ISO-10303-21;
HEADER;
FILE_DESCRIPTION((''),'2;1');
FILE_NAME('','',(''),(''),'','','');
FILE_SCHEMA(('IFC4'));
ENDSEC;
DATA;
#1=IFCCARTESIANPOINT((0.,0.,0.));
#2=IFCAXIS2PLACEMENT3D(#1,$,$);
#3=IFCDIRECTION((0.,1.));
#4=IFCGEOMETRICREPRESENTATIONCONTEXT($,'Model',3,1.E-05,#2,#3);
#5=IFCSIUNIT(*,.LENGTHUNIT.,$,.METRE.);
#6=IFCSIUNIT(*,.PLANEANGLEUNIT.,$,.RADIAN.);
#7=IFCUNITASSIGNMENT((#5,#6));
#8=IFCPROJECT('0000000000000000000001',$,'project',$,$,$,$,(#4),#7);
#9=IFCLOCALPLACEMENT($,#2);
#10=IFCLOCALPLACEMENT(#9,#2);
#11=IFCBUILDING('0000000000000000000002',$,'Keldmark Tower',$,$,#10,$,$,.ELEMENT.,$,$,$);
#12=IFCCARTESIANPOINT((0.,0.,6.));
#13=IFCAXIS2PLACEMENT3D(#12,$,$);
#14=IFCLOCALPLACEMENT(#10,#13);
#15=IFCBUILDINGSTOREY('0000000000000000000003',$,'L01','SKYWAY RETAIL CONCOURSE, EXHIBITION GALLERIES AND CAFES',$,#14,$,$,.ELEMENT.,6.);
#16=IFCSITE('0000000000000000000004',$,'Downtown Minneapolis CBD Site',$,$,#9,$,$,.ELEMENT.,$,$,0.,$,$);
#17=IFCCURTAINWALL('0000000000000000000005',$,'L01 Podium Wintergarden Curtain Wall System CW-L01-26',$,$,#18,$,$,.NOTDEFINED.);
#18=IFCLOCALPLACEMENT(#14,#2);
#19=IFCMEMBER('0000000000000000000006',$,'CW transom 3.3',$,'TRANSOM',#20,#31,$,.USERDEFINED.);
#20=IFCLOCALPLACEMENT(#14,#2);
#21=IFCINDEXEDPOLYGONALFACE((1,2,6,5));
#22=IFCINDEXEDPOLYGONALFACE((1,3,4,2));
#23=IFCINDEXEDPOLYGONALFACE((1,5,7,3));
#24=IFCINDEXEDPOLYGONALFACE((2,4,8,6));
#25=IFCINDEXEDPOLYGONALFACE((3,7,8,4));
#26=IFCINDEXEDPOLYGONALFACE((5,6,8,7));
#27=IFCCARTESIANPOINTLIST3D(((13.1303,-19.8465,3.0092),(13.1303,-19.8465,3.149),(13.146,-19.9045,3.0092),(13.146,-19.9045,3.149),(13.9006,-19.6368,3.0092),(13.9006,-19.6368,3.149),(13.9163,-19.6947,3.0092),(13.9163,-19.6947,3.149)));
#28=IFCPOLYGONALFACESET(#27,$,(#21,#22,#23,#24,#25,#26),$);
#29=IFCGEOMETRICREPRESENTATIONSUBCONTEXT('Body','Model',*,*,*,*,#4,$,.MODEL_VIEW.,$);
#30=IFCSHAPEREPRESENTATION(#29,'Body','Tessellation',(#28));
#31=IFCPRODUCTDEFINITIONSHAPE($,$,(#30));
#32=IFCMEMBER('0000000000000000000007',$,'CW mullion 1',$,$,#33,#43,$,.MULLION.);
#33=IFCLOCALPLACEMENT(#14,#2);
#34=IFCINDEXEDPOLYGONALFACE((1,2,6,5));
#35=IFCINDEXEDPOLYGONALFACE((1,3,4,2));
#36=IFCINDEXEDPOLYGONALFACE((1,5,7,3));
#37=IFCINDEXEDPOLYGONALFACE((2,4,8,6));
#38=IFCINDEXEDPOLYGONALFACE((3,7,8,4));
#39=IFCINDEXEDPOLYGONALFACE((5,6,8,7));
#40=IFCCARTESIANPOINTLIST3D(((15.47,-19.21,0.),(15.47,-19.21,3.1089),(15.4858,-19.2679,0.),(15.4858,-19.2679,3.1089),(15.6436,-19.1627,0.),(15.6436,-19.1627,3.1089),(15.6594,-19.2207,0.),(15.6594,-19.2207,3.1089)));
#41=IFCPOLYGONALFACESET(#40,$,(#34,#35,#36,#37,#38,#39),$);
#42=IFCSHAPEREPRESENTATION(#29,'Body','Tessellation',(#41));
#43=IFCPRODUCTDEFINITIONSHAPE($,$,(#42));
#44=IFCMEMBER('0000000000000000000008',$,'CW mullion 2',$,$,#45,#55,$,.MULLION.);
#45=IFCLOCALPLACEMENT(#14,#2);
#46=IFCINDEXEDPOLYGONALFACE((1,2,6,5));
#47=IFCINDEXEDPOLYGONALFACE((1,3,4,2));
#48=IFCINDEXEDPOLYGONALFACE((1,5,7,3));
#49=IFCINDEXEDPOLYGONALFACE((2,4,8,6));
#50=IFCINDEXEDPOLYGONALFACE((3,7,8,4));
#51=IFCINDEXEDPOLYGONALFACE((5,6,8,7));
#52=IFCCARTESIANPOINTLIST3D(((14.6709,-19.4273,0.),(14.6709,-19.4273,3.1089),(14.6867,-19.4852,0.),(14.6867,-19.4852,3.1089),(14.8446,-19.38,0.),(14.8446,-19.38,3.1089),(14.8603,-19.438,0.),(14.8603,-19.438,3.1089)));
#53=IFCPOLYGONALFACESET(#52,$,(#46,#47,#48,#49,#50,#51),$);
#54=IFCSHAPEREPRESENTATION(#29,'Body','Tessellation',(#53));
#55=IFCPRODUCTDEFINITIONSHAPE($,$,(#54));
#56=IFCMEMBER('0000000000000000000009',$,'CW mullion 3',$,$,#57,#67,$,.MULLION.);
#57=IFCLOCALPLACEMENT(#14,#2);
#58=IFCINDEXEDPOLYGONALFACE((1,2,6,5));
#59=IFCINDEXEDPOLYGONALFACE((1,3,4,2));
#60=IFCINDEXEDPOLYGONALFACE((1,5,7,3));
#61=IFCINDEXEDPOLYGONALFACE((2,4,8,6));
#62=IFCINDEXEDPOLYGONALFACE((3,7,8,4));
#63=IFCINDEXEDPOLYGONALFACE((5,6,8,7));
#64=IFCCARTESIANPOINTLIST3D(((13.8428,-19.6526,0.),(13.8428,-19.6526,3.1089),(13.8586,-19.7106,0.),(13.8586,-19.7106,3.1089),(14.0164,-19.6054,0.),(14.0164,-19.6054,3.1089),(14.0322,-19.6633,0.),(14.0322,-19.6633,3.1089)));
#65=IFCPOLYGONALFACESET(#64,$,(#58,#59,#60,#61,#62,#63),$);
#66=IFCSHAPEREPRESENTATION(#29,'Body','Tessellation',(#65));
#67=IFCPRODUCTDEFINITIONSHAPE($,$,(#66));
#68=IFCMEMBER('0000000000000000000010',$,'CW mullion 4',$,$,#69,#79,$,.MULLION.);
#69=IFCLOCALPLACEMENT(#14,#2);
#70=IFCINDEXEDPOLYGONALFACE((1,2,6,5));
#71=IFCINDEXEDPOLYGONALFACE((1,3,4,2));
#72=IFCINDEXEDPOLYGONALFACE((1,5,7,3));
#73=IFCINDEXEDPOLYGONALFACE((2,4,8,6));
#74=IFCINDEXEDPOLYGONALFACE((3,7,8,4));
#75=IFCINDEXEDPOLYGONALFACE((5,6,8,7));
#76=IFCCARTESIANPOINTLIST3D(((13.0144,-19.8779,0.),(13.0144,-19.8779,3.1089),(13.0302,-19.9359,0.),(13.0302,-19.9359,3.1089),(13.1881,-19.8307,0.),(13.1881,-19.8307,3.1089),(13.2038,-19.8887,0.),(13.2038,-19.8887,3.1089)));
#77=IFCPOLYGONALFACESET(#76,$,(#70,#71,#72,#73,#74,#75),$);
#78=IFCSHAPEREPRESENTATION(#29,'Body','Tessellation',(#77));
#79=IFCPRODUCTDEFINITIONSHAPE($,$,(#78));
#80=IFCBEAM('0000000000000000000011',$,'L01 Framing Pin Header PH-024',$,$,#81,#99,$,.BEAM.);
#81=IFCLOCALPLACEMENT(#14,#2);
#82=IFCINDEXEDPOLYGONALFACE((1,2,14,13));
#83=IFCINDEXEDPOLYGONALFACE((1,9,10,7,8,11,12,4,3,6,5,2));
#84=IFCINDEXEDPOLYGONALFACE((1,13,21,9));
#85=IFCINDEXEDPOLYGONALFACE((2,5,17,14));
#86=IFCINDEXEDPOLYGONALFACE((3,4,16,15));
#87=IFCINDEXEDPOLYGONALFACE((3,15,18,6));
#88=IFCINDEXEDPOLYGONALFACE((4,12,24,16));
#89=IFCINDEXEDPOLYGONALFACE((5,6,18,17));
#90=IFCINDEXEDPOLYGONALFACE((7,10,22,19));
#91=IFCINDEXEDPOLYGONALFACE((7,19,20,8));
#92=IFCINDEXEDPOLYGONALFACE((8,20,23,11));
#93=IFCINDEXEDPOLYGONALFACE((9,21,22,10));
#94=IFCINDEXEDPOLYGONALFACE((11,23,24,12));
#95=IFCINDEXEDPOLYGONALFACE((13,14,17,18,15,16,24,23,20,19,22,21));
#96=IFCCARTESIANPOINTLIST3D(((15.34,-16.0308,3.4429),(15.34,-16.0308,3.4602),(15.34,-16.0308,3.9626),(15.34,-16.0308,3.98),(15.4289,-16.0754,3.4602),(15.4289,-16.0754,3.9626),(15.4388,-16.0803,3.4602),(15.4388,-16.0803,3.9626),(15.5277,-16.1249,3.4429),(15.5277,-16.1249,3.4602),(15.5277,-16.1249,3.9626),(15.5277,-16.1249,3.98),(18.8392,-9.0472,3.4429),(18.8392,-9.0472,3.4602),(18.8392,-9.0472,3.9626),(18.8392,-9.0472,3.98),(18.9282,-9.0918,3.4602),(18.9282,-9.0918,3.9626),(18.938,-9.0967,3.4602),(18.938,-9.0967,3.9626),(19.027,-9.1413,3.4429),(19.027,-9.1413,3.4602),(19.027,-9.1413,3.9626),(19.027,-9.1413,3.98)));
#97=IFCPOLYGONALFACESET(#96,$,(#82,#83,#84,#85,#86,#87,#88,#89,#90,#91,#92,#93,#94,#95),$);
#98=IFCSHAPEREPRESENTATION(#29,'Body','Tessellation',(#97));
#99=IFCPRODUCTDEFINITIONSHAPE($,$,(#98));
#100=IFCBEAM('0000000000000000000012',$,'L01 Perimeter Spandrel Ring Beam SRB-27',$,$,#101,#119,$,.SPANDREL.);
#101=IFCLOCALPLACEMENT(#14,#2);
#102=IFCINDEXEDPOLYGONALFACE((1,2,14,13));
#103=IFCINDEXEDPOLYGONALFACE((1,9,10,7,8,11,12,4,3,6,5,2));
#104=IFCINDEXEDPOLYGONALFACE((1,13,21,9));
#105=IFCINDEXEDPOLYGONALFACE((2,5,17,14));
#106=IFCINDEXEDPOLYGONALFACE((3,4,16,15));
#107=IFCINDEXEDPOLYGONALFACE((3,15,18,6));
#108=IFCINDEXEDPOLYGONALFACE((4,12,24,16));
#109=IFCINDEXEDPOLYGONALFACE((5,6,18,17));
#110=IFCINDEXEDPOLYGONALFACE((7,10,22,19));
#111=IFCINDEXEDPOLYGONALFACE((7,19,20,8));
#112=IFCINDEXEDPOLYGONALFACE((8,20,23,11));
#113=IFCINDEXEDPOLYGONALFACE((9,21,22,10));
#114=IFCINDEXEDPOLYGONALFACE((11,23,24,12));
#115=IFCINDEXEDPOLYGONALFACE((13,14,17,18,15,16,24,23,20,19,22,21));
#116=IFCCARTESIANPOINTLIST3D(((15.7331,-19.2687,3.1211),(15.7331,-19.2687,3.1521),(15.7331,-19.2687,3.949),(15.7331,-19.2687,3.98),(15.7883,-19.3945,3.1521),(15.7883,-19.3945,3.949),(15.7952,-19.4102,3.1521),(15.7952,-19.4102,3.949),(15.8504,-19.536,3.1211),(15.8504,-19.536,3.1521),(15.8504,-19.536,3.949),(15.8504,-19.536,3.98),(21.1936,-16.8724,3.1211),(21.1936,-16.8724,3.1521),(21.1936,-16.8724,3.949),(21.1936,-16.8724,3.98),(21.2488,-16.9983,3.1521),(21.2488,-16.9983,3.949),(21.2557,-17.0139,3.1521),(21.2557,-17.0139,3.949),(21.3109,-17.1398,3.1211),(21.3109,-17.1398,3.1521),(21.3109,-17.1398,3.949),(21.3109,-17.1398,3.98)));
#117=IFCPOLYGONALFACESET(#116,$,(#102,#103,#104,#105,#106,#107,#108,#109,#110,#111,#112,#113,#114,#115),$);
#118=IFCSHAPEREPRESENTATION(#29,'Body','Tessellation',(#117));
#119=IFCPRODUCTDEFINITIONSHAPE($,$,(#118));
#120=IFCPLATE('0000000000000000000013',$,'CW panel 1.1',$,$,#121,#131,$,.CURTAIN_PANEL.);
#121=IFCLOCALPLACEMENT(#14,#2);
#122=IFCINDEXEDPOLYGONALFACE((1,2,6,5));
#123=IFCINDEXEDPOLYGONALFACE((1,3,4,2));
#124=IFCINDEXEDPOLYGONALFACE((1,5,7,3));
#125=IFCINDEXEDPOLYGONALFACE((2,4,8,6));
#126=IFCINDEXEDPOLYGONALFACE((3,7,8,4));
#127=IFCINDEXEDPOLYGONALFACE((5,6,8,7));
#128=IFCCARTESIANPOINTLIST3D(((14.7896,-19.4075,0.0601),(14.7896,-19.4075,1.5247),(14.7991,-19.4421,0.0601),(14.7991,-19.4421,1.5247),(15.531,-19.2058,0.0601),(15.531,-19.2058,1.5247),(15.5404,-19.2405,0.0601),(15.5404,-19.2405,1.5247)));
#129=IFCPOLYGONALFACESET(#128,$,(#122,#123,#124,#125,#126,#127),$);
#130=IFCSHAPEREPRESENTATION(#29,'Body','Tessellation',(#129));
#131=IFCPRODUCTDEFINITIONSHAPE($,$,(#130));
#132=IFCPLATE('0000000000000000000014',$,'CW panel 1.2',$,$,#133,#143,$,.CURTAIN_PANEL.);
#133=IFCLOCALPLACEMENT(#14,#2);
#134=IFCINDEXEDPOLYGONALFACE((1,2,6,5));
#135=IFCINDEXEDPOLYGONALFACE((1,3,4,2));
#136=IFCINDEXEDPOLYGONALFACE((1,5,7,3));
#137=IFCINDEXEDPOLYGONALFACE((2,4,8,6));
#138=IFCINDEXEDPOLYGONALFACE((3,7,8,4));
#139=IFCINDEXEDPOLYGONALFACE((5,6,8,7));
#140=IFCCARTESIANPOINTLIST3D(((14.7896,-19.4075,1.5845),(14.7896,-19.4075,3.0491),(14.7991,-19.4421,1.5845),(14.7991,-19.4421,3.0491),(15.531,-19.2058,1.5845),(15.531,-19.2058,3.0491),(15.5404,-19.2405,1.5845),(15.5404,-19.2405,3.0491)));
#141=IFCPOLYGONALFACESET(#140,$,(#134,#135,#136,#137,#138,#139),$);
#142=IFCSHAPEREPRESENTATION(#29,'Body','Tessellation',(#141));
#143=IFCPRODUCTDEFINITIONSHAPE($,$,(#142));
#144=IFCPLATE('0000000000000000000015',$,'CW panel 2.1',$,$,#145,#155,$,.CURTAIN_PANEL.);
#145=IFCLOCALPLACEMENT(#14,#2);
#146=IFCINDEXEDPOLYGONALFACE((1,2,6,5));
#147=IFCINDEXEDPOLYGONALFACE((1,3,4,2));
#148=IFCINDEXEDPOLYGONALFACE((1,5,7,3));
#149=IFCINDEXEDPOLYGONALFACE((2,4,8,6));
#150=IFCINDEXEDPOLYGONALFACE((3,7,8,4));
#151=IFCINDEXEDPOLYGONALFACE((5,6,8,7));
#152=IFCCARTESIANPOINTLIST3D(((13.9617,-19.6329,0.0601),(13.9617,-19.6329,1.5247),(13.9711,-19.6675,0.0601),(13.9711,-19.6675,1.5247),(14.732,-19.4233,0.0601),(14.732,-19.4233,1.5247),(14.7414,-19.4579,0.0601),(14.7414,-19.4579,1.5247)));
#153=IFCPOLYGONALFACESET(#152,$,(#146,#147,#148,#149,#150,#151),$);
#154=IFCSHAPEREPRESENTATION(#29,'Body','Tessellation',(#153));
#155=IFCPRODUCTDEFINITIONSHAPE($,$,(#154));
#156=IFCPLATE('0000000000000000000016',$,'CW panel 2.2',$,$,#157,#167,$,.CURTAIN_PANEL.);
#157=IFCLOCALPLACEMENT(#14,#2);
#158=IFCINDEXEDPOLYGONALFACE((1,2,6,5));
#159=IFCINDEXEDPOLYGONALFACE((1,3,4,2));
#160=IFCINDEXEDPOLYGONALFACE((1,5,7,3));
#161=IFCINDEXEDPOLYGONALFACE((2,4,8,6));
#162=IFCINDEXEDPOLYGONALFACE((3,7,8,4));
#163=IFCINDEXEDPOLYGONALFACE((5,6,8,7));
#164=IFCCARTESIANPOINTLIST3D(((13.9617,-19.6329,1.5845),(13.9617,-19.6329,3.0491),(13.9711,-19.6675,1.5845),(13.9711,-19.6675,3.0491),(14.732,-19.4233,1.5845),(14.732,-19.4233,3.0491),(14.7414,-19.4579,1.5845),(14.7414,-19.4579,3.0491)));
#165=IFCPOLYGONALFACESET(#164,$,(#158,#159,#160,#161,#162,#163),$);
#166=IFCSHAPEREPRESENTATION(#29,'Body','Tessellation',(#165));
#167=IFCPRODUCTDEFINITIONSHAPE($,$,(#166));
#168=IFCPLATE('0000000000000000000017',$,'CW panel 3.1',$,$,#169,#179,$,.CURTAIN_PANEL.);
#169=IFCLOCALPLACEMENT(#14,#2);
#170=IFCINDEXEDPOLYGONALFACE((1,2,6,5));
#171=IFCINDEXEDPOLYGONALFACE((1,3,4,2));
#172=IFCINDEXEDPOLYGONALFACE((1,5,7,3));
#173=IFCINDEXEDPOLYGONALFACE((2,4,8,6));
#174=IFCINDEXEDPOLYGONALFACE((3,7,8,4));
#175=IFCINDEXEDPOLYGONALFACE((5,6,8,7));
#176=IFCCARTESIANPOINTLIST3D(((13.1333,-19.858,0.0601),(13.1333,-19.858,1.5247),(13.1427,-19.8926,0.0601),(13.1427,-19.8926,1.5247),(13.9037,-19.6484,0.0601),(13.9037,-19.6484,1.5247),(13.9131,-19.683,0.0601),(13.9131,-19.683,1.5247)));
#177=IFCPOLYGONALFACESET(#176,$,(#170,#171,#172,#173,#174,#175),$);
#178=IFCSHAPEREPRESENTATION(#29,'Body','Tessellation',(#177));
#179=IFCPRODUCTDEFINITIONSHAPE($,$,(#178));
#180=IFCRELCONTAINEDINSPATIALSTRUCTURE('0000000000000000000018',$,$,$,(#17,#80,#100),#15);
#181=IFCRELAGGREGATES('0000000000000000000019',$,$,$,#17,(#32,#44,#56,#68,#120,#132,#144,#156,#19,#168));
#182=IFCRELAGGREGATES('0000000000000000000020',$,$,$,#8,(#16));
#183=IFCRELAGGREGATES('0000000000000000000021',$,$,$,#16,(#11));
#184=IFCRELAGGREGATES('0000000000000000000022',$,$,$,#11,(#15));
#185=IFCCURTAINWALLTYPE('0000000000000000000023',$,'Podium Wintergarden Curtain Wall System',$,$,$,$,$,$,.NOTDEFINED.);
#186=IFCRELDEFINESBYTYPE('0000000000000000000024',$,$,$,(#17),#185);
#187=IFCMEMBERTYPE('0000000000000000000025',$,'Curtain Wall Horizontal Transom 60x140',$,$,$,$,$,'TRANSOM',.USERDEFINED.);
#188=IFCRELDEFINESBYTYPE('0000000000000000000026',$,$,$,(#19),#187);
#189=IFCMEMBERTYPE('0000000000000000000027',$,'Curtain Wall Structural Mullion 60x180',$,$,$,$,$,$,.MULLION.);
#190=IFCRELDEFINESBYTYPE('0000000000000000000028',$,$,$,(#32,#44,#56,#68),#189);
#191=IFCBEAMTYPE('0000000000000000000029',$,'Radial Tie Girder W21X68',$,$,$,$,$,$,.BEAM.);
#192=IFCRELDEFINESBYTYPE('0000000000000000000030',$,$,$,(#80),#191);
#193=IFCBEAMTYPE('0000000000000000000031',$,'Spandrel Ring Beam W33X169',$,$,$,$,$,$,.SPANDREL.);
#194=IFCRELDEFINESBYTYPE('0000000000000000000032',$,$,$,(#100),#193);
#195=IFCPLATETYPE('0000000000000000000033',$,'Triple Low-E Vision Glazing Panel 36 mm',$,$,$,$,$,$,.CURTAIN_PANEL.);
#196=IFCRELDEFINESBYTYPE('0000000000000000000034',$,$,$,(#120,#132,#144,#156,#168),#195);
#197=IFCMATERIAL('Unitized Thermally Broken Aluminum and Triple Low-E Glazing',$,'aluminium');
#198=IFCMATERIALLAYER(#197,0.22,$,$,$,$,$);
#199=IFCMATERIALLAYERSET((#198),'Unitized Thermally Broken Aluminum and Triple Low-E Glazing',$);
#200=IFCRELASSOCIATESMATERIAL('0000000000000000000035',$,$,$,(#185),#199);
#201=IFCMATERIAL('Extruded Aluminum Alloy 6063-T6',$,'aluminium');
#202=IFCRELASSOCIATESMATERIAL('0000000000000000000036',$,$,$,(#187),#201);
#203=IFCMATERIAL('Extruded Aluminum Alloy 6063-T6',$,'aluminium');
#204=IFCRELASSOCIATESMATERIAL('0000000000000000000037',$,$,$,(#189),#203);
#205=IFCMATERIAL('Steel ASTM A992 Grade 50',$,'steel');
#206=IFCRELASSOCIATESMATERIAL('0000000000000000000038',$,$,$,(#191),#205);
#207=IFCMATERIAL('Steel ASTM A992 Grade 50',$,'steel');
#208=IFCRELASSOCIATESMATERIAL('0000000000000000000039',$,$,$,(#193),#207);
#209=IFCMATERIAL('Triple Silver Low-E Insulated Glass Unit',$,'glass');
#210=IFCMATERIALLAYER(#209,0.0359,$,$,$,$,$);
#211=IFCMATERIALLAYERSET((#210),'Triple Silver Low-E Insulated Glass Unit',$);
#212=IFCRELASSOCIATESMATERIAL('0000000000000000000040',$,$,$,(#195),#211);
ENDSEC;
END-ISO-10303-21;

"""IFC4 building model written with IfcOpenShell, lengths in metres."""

from ifc_helpers import new_model, si_unit, direction, frame, origin, origin_2d, place, context, subcontext, project, spatial, rectangle, i_section, extrude, material, layer, layer_set, material_profile, profile_set, type_object, element, aggregate, save


model = new_model("IFC4")

# Units and contexts
model_context = context("Model", 3, precision=1e-05, world=origin(), true_north=direction((0.0, 1.0)))
body_context = subcontext(model_context, "Body", "Model", "MODEL_VIEW")
ifc_project = project(units=[si_unit("LENGTHUNIT", "METRE"), si_unit("PLANEANGLEUNIT", "RADIAN")], contexts=[model_context])

# Site, building, storey
site_placement = place(None, origin())
site = spatial("IfcSite", under=ifc_project, at=site_placement, Name="Downtown Minneapolis CBD Site", CompositionType="ELEMENT", RefElevation=0.0)
building_placement = place(site_placement, origin())
building = spatial("IfcBuilding", under=site, at=building_placement, Name="Keldmark Tower", CompositionType="ELEMENT")
storey_placement = place(building_placement, frame((0.0, 0.0, 6.0)))
storey = spatial("IfcBuildingStorey", under=building, at=storey_placement, Name="L01", Description="SKYWAY RETAIL CONCOURSE, EXHIBITION GALLERIES AND CAFES", CompositionType="ELEMENT", Elevation=6.0)

# Curtain wall, members
ifc_material_1 = material(Name="Unitized Thermally Broken Aluminum and Triple Low-E Glazing", Category="aluminium")
ifc_layer_1 = layer(ifc_material_1, 0.22)
ifc_layer_set_1 = layer_set([ifc_layer_1], Name="Unitized Thermally Broken Aluminum and Triple Low-E Glazing")
curtain_wall_type = type_object("IfcCurtainWallType", Name="Podium Wintergarden Curtain Wall System", PredefinedType="NOTDEFINED", material=ifc_layer_set_1)
curtain_wall_placement = place(storey_placement, origin())
curtain_wall = element("IfcCurtainWall", 1, at=curtain_wall_placement, inside=storey, type_object=curtain_wall_type, Name="L01 Podium Wintergarden Curtain Wall System CW-L01-26", PredefinedType="NOTDEFINED")
ifc_material_2 = material(Name="Extruded Aluminum Alloy 6063-T6", Category="aluminium")
ifc_material_profile_1 = material_profile(ifc_material_2, rectangle(XDim=0.0601, YDim=0.1399, at=origin_2d()), Name="CWT60X140")
ifc_profile_set_1 = profile_set([ifc_material_profile_1], Name="Extruded Aluminum Alloy 6063-T6")
member_type_1 = type_object("IfcMemberType", Name="Curtain Wall Horizontal Transom 60x140", ElementType="TRANSOM", PredefinedType="USERDEFINED", material=ifc_profile_set_1)
member_1_placement = place(storey_placement, frame((13.9084, -19.6658, 3.0791), z_axis=(-0.964877, -0.262703, 0.0), x_axis=(0.262703, -0.964877, 0.0)))
member_1 = element("IfcMember", 2, at=member_1_placement, type_object=member_type_1, Name="CW transom 3.3", ObjectType="TRANSOM", PredefinedType="USERDEFINED", context=body_context, shape_type="SweptSolid", body=[
    extrude(rectangle(XDim=0.0601, YDim=0.1399, at=origin_2d()), origin(), (0.0, 0.0, 1.0), 0.7983),
])
ifc_material_3 = material(Name="Extruded Aluminum Alloy 6063-T6", Category="aluminium")
ifc_material_profile_2 = material_profile(ifc_material_3, rectangle(XDim=0.0601, YDim=0.1799, at=origin_2d()), Name="CWM60X180")
ifc_profile_set_2 = profile_set([ifc_material_profile_2], Name="Extruded Aluminum Alloy 6063-T6")
member_type_2 = type_object("IfcMemberType", Name="Curtain Wall Structural Mullion 60x180", PredefinedType="MULLION", material=ifc_profile_set_2)
member_2_placement = place(storey_placement, frame((15.5647, -19.2153, 0.0), z_axis=(0.0, 0.0, 1.0), x_axis=(0.262493, -0.964934, 0.0)))
member_2 = element("IfcMember", 3, at=member_2_placement, type_object=member_type_2, Name="CW mullion 1", PredefinedType="MULLION", context=body_context, shape_type="SweptSolid", body=[
    extrude(rectangle(XDim=0.0601, YDim=0.1799, at=origin_2d()), origin(), (0.0, 0.0, 1.0), 3.1089),
])
member_3_placement = place(storey_placement, frame((14.7656, -19.4326, 0.0), z_axis=(0.0, 0.0, 1.0), x_axis=(0.262493, -0.964934, 0.0)))
member_3 = element("IfcMember", 4, at=member_3_placement, type_object=member_type_2, Name="CW mullion 2", PredefinedType="MULLION", context=body_context, shape_type="SweptSolid", body=[
    extrude(rectangle(XDim=0.0601, YDim=0.1799, at=origin_2d()), origin(), (0.0, 0.0, 1.0), 3.1089),
])
member_4_placement = place(storey_placement, frame((13.9375, -19.658, 0.0), z_axis=(0.0, 0.0, 1.0), x_axis=(0.262493, -0.964934, 0.0)))
member_4 = element("IfcMember", 5, at=member_4_placement, type_object=member_type_2, Name="CW mullion 3", PredefinedType="MULLION", context=body_context, shape_type="SweptSolid", body=[
    extrude(rectangle(XDim=0.0601, YDim=0.1799, at=origin_2d()), origin(), (0.0, 0.0, 1.0), 3.1089),
])
member_5_placement = place(storey_placement, frame((13.1091, -19.8833, 0.0), z_axis=(0.0, 0.0, 1.0), x_axis=(0.262493, -0.964934, 0.0)))
member_5 = element("IfcMember", 6, at=member_5_placement, type_object=member_type_2, Name="CW mullion 4", PredefinedType="MULLION", context=body_context, shape_type="SweptSolid", body=[
    extrude(rectangle(XDim=0.0601, YDim=0.1799, at=origin_2d()), origin(), (0.0, 0.0, 1.0), 3.1089),
])

# Beams
ifc_material_4 = material(Name="Steel ASTM A992 Grade 50", Category="steel")
ifc_material_profile_3 = material_profile(ifc_material_4, i_section(OverallWidth=0.21, OverallDepth=0.5371, WebThickness=0.011, FlangeThickness=0.0173, at=origin_2d()), Name="W21X68")
ifc_profile_set_3 = profile_set([ifc_material_profile_3], Name="Steel ASTM A992 Grade 50")
beam_type_1 = type_object("IfcBeamType", Name="Radial Tie Girder W21X68", PredefinedType="BEAM", material=ifc_profile_set_3)
beam_1_placement = place(storey_placement, frame((18.9331, -9.0942, 3.7114), z_axis=(-0.447976, -0.894046, 0.0), x_axis=(0.894046, -0.447976, 0.0)))
element("IfcBeam", 7, at=beam_1_placement, inside=storey, type_object=beam_type_1, Name="L01 Framing Pin Header PH-024", PredefinedType="BEAM", context=body_context, shape_type="SweptSolid", body=[
    extrude(i_section(OverallWidth=0.21, OverallDepth=0.5371, WebThickness=0.011, FlangeThickness=0.0173, at=origin_2d()), origin(), (0.0, 0.0, 1.0), 7.8113),
])
ifc_material_5 = material(Name="Steel ASTM A992 Grade 50", Category="steel")
ifc_material_profile_4 = material_profile(ifc_material_5, i_section(OverallWidth=0.292, OverallDepth=0.8589, WebThickness=0.0171, FlangeThickness=0.031, at=origin_2d()), Name="W33X169")
ifc_profile_set_4 = profile_set([ifc_material_profile_4], Name="Steel ASTM A992 Grade 50")
beam_type_2 = type_object("IfcBeamType", Name="Spandrel Ring Beam W33X169", PredefinedType="SPANDREL", material=ifc_profile_set_4)
beam_2_placement = place(storey_placement, frame((15.7917, -19.4023, 3.5505), z_axis=(0.915708, 0.401845, 0.0), x_axis=(-0.401845, 0.915708, 0.0)))
element("IfcBeam", 8, at=beam_2_placement, inside=storey, type_object=beam_type_2, Name="L01 Perimeter Spandrel Ring Beam SRB-27", PredefinedType="SPANDREL", context=body_context, shape_type="SweptSolid", body=[
    extrude(i_section(OverallWidth=0.292, OverallDepth=0.8589, WebThickness=0.0171, FlangeThickness=0.031, at=origin_2d()), origin(), (0.0, 0.0, 1.0), 5.9631),
])

# Plates
ifc_material_6 = material(Name="Triple Silver Low-E Insulated Glass Unit", Category="glass")
ifc_layer_2 = layer(ifc_material_6, 0.0359)
ifc_layer_set_2 = layer_set([ifc_layer_2], Name="Triple Silver Low-E Insulated Glass Unit")
plate_type = type_object("IfcPlateType", Name="Triple Low-E Vision Glazing Panel 36 mm", PredefinedType="CURTAIN_PANEL", material=ifc_layer_set_2)
plate_1_placement = place(storey_placement, frame((15.165, -19.324, 0.0601), z_axis=(0.0, 0.0, 1.0), x_axis=(-0.964934, -0.262493, 0.0)))
plate_1 = element("IfcPlate", 9, at=plate_1_placement, type_object=plate_type, Name="CW panel 1.1", PredefinedType="CURTAIN_PANEL", context=body_context, shape_type="SweptSolid", body=[
    extrude(rectangle(XDim=0.7683, YDim=0.0359, at=origin_2d()), origin(), (0.0, 0.0, 1.0), 1.4646),
])
plate_2_placement = place(storey_placement, frame((15.165, -19.324, 1.5845), z_axis=(0.0, 0.0, 1.0), x_axis=(-0.964934, -0.262493, 0.0)))
plate_2 = element("IfcPlate", 10, at=plate_2_placement, type_object=plate_type, Name="CW panel 1.2", PredefinedType="CURTAIN_PANEL", context=body_context, shape_type="SweptSolid", body=[
    extrude(rectangle(XDim=0.7683, YDim=0.0359, at=origin_2d()), origin(), (0.0, 0.0, 1.0), 1.4646),
])
plate_3_placement = place(storey_placement, frame((14.3516, -19.5454, 0.0601), z_axis=(0.0, 0.0, 1.0), x_axis=(-0.964934, -0.262493, 0.0)))
plate_3 = element("IfcPlate", 11, at=plate_3_placement, type_object=plate_type, Name="CW panel 2.1", PredefinedType="CURTAIN_PANEL", context=body_context, shape_type="SweptSolid", body=[
    extrude(rectangle(XDim=0.7983, YDim=0.0359, at=origin_2d()), origin(), (0.0, 0.0, 1.0), 1.4646),
])
plate_4_placement = place(storey_placement, frame((14.3516, -19.5454, 1.5845), z_axis=(0.0, 0.0, 1.0), x_axis=(-0.964934, -0.262493, 0.0)))
plate_4 = element("IfcPlate", 12, at=plate_4_placement, type_object=plate_type, Name="CW panel 2.2", PredefinedType="CURTAIN_PANEL", context=body_context, shape_type="SweptSolid", body=[
    extrude(rectangle(XDim=0.7983, YDim=0.0359, at=origin_2d()), origin(), (0.0, 0.0, 1.0), 1.4646),
])
plate_5_placement = place(storey_placement, frame((13.5232, -19.7705, 0.0601), z_axis=(0.0, 0.0, 1.0), x_axis=(-0.964934, -0.262493, 0.0)))
plate_5 = element("IfcPlate", 13, at=plate_5_placement, type_object=plate_type, Name="CW panel 3.1", PredefinedType="CURTAIN_PANEL", context=body_context, shape_type="SweptSolid", body=[
    extrude(rectangle(XDim=0.7983, YDim=0.0359, at=origin_2d()), origin(), (0.0, 0.0, 1.0), 1.4646),
])
aggregate(curtain_wall, [member_2, member_3, member_4, member_5, plate_1, plate_2, plate_3, plate_4, member_1, plate_5])

save(model, "model.ifc")
